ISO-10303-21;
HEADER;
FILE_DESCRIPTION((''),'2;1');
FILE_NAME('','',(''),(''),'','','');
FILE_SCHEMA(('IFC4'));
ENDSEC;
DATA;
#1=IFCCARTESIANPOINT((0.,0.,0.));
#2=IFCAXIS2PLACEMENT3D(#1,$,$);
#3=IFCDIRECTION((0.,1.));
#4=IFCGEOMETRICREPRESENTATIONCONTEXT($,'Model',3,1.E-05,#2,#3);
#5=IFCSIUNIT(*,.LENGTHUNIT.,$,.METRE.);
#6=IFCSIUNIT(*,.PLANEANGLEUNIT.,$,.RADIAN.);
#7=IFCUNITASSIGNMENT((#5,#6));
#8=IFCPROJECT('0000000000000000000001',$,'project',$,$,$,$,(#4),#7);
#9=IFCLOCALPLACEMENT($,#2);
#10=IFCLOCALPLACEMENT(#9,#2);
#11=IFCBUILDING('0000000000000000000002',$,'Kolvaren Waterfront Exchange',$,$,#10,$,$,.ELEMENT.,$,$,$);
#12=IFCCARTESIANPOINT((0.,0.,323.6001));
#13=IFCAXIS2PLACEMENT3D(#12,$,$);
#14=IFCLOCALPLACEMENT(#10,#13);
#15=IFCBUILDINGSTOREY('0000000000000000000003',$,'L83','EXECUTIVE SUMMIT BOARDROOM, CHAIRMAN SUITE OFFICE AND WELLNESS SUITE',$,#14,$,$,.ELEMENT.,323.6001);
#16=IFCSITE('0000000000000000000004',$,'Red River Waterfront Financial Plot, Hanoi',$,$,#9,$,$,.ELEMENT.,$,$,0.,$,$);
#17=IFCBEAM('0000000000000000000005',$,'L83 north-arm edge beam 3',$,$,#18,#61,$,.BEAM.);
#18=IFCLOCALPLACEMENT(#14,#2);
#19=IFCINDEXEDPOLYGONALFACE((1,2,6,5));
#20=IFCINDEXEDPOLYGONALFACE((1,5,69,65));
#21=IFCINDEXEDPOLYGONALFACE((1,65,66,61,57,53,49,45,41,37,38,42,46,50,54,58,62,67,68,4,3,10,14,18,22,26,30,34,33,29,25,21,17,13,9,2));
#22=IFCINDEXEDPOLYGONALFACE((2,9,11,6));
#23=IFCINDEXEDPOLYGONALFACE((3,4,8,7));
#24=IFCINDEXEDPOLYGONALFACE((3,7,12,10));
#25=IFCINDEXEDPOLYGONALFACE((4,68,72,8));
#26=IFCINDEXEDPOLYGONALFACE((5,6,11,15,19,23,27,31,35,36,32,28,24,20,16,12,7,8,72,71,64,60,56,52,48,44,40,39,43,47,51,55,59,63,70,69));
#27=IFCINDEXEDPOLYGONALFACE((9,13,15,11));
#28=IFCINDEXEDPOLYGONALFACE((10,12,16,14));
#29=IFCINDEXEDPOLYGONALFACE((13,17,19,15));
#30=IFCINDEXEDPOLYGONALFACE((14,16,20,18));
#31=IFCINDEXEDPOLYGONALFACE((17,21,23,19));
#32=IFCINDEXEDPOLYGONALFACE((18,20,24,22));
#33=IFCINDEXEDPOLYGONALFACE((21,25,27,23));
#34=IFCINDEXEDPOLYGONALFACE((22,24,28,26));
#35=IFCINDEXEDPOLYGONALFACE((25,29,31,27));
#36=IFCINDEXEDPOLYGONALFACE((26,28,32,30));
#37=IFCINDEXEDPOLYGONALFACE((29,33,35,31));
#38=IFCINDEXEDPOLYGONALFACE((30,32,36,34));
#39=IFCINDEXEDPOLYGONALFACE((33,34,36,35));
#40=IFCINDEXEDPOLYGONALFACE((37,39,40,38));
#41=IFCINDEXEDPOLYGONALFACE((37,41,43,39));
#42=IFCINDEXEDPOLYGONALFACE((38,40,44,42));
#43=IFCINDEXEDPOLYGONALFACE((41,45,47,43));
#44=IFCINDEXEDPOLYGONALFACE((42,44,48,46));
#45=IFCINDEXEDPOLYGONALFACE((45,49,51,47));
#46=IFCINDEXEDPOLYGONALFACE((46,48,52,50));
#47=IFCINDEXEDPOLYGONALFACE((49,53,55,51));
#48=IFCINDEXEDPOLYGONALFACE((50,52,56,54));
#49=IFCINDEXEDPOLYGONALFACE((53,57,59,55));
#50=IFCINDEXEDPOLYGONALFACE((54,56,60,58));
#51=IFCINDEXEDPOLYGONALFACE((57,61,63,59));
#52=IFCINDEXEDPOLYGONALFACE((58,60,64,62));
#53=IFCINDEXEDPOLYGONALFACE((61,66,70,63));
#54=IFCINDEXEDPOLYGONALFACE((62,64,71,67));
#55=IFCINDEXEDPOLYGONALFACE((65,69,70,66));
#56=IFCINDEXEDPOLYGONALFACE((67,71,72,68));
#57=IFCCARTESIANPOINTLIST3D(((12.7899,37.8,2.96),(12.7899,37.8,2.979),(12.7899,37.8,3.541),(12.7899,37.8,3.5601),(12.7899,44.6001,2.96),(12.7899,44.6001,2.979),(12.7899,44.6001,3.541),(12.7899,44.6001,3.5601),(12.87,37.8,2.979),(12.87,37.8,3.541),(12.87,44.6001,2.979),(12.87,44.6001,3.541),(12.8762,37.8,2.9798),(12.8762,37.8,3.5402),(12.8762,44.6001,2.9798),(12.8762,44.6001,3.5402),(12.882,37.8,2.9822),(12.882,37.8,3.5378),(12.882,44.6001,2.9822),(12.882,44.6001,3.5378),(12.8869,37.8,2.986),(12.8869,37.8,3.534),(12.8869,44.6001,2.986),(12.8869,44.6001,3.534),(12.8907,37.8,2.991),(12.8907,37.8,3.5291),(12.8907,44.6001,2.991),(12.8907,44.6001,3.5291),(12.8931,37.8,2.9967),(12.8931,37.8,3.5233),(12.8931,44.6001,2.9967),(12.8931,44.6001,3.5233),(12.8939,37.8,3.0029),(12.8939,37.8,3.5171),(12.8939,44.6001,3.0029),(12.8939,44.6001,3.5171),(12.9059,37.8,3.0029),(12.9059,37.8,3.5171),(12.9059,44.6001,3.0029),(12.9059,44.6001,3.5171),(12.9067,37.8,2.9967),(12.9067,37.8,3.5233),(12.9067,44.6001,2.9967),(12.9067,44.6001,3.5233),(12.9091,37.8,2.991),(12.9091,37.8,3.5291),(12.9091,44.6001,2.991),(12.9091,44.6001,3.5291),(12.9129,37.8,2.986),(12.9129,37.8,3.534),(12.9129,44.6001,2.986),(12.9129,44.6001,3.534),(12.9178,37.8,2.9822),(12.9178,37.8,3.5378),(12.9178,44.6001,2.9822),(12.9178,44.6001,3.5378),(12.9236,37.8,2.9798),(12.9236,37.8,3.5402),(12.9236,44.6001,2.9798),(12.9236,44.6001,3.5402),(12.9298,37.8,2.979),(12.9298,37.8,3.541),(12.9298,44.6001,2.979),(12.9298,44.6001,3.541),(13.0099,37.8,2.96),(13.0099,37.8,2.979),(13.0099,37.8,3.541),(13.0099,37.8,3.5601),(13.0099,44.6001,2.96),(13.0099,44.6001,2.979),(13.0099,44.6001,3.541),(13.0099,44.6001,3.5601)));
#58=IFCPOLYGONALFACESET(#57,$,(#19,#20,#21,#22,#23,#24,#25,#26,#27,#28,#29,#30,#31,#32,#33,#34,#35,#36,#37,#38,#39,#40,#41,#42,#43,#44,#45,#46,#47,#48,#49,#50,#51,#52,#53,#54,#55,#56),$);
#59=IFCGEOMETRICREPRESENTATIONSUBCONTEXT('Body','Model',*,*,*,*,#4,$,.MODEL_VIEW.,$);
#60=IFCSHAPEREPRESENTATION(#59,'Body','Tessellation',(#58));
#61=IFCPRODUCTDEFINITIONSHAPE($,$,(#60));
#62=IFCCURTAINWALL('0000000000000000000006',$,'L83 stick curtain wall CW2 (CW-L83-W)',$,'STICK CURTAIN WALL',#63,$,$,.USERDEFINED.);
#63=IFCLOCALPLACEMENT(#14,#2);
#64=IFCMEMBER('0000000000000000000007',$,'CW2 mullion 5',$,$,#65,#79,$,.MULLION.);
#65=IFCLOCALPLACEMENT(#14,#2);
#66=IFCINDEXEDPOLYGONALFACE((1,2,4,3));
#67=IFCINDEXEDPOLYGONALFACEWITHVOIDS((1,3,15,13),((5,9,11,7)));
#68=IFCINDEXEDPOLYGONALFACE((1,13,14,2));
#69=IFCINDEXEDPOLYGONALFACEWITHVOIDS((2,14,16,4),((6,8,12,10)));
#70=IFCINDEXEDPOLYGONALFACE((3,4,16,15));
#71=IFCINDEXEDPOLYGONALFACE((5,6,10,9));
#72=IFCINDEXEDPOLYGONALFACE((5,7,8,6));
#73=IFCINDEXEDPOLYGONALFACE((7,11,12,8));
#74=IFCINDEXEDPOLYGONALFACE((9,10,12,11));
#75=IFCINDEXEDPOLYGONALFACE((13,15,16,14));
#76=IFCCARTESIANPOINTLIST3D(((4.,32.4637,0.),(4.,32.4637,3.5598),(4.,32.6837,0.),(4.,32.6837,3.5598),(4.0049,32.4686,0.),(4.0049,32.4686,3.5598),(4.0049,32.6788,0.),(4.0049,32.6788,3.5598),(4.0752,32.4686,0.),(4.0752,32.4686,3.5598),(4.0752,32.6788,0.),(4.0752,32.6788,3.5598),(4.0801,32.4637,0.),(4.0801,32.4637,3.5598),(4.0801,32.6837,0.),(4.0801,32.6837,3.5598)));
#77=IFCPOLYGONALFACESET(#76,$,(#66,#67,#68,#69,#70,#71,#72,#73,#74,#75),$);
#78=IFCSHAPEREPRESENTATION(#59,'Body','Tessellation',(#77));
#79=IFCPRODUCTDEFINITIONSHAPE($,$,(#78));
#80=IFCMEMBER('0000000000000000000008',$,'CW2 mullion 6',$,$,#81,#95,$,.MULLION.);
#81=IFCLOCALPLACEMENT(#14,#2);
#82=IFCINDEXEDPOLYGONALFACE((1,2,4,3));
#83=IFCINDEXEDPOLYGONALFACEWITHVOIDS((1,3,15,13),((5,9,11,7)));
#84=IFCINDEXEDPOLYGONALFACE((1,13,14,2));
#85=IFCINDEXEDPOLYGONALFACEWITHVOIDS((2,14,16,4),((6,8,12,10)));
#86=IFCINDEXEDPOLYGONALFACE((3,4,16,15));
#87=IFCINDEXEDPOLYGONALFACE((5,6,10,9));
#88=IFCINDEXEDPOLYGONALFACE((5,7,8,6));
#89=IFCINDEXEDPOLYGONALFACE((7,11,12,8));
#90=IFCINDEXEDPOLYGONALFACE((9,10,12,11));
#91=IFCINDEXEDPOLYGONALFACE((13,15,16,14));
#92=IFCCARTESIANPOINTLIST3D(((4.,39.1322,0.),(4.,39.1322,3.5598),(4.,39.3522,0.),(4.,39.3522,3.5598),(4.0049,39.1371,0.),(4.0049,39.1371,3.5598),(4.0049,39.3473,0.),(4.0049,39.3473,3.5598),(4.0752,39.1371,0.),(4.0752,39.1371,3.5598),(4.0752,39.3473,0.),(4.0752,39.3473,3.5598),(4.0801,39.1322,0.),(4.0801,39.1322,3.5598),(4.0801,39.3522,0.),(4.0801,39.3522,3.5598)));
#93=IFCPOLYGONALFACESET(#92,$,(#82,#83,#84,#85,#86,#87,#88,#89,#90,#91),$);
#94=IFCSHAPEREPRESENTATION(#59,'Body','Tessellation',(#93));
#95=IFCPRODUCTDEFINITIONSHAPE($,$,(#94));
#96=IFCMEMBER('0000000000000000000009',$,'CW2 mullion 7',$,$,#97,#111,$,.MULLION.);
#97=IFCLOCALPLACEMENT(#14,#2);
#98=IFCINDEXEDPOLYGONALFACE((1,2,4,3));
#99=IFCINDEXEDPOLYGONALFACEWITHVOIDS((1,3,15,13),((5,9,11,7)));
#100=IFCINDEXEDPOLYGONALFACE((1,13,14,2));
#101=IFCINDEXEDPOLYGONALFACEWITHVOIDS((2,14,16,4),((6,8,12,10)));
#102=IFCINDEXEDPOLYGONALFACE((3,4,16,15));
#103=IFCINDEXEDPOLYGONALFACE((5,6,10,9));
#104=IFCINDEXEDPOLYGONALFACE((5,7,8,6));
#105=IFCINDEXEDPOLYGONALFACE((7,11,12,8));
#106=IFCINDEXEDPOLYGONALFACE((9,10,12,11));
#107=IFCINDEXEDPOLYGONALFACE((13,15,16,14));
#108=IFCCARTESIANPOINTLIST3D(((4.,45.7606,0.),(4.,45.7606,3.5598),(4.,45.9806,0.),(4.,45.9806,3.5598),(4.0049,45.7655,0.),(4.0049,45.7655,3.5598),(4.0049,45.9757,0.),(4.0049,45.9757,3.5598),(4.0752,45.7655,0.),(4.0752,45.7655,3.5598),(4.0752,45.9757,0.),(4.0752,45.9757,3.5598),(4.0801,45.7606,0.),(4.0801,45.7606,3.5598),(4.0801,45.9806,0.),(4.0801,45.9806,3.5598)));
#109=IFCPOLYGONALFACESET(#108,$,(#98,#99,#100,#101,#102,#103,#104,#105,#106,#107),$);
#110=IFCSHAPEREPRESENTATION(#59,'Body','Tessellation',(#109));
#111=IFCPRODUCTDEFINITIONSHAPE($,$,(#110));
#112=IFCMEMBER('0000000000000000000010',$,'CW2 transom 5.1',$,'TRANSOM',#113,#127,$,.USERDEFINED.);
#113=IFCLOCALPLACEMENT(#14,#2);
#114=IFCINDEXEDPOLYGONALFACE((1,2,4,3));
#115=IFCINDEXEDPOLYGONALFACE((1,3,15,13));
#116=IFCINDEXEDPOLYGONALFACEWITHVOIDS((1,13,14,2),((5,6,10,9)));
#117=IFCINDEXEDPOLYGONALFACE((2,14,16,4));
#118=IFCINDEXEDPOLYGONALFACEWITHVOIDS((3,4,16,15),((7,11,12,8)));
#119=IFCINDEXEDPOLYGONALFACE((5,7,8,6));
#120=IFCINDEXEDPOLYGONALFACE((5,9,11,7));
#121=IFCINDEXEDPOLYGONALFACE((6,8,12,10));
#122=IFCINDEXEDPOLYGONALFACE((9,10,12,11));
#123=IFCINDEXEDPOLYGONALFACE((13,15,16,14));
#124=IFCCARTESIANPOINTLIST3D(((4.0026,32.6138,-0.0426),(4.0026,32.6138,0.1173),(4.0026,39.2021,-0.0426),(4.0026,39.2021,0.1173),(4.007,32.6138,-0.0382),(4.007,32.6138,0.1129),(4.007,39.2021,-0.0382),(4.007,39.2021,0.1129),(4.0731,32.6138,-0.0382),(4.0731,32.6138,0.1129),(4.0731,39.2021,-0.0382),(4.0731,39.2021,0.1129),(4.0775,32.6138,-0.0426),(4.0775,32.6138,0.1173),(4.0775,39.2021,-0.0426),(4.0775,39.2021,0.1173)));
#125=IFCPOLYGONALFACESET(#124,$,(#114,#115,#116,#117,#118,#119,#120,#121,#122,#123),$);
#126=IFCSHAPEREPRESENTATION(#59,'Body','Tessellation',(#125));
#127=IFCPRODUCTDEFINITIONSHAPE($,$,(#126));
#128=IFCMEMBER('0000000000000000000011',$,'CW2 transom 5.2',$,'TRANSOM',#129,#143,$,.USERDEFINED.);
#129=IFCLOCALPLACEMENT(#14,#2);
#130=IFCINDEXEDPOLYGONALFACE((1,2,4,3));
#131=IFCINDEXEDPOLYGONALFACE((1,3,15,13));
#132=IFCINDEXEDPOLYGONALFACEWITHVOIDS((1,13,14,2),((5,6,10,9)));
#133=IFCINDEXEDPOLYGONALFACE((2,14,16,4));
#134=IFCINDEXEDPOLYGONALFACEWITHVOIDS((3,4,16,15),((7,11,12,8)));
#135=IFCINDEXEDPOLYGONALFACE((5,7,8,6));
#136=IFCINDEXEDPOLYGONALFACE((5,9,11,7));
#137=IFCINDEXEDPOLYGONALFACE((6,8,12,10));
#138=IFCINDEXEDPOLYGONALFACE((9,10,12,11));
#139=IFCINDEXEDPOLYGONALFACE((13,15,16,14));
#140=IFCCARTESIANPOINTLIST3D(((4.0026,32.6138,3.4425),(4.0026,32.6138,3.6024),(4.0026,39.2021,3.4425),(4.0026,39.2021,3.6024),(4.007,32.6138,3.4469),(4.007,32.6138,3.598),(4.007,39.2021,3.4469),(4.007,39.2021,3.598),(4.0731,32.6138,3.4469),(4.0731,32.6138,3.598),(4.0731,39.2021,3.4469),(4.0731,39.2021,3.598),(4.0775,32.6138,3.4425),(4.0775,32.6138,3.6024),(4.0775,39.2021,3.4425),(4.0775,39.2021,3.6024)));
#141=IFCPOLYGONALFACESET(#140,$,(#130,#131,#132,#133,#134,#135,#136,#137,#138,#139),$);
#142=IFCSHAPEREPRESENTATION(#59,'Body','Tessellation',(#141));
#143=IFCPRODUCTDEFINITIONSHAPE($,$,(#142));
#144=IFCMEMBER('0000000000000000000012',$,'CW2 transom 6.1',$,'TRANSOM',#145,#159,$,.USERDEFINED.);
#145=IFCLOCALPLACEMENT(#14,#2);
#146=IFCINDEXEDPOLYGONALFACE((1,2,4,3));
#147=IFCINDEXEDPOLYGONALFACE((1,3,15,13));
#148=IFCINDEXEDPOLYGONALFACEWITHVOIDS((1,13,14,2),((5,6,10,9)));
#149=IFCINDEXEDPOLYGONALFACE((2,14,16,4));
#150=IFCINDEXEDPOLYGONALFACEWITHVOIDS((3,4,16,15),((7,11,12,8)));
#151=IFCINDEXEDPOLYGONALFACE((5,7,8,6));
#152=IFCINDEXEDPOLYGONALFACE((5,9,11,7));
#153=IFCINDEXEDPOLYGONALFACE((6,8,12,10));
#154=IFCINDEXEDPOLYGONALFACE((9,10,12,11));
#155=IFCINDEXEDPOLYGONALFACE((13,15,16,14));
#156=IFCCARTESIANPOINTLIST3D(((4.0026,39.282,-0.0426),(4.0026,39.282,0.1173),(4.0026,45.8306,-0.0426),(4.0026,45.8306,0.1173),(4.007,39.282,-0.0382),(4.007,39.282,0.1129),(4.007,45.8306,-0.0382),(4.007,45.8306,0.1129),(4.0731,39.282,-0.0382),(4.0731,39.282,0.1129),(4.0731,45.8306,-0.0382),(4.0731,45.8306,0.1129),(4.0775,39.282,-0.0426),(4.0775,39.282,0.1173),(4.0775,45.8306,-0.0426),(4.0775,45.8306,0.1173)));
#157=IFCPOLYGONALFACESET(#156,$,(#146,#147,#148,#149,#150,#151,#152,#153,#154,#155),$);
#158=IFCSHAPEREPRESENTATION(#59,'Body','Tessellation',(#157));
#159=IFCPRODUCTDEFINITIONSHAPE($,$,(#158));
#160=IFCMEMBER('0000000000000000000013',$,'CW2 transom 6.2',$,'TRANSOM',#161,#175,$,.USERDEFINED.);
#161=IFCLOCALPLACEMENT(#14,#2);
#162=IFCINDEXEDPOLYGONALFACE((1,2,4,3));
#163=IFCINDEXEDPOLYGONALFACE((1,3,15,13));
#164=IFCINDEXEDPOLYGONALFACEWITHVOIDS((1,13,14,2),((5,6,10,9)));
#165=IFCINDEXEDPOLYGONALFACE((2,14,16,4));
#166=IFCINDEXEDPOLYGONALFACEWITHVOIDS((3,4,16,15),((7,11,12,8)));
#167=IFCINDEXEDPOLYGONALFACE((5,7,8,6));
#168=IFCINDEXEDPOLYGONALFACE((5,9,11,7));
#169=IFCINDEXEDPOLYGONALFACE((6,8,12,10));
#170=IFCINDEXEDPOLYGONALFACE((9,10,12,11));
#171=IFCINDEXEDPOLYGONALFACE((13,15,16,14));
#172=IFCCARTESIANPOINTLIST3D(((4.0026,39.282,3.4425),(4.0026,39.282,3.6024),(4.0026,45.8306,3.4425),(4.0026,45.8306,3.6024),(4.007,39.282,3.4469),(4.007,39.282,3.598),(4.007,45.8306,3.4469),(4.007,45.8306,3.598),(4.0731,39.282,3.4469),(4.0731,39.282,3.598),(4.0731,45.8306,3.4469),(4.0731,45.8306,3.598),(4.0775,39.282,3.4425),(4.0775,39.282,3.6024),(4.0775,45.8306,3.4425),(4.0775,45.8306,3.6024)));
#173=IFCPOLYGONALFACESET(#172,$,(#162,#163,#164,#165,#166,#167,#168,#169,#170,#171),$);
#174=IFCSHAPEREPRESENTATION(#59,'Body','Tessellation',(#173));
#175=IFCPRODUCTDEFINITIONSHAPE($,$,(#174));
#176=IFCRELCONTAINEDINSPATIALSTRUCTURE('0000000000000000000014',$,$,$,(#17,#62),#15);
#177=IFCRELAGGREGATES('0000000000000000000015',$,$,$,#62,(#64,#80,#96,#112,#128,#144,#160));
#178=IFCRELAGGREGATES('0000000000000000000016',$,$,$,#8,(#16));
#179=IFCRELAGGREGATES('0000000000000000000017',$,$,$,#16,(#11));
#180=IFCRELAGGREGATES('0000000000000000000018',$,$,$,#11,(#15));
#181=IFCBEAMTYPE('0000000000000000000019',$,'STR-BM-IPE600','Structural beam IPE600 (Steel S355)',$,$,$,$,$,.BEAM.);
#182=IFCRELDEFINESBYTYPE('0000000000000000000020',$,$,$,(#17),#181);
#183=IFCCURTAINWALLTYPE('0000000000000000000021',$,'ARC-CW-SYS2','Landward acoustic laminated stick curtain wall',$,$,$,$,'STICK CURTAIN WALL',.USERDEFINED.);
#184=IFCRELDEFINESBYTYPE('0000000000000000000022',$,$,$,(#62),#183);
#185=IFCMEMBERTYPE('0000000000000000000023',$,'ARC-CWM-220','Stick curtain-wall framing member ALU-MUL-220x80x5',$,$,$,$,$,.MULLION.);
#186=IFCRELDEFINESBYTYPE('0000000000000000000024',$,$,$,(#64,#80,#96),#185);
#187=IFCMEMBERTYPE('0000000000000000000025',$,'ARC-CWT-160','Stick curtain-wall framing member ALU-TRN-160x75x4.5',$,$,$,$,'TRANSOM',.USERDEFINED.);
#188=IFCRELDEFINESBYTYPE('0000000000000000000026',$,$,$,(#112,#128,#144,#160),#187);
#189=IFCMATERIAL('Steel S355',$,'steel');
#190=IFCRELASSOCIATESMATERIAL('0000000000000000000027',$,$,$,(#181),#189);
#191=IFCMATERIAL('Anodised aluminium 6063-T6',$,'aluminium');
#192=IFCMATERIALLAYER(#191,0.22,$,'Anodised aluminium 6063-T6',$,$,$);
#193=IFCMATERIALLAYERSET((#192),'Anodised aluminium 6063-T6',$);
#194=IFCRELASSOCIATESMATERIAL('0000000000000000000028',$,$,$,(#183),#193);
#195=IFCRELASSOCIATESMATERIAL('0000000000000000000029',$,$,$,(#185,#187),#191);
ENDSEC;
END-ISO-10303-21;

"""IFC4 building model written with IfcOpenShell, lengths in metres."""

from ifc_helpers import new_model, si_unit, direction, frame, origin, origin_with_axes, origin_2d, place, context, subcontext, project, spatial, hollow_rectangle, i_section, extrude, source, transform, mapped, material, layer, layer_set, material_profile, profile_set, type_object, element, aggregate, save


model = new_model("IFC4")

# Units and contexts
model_context = context("Model", 3, precision=1e-05, world=origin(), true_north=direction((0.0, 1.0)))
body_context = subcontext(model_context, "Body", "Model", "MODEL_VIEW")
ifc_project = project(units=[si_unit("LENGTHUNIT", "METRE"), si_unit("PLANEANGLEUNIT", "RADIAN")], contexts=[model_context])

# Site, building, storey
site_placement = place(None, origin())
site = spatial("IfcSite", under=ifc_project, at=site_placement, Name="Red River Waterfront Financial Plot, Hanoi", CompositionType="ELEMENT", RefElevation=0.0)
building_placement = place(site_placement, origin())
building = spatial("IfcBuilding", under=site, at=building_placement, Name="Kolvaren Waterfront Exchange", CompositionType="ELEMENT")
storey_placement = place(building_placement, frame((0.0, 0.0, 323.6001)))
storey = spatial("IfcBuildingStorey", under=building, at=storey_placement, Name="L83", Description="EXECUTIVE SUMMIT BOARDROOM, CHAIRMAN SUITE OFFICE AND WELLNESS SUITE", CompositionType="ELEMENT", Elevation=323.6001)

# Beam
ifc_material_1 = material(Name="Steel S355", Category="steel")
ifc_material_profile_1 = material_profile(ifc_material_1, i_section(OverallWidth=0.22, OverallDepth=0.6001, WebThickness=0.012, FlangeThickness=0.019, FilletRadius=0.0239, at=origin_2d()), Name="IPE600")
ifc_profile_set_1 = profile_set([ifc_material_profile_1], Name="Steel S355")
beam_type_1 = type_object("IfcBeamType", Name="STR-BM-IPE600", Description="Structural beam IPE600 (Steel S355)", PredefinedType="BEAM", material=ifc_profile_set_1)
beam_1_placement = place(storey_placement, frame((12.8999, 37.8, 3.26), z_axis=(0.0, 1.0, 0.0), x_axis=(-1.0, 0.0, 0.0)))
element("IfcBeam", 1, at=beam_1_placement, inside=storey, type_object=beam_type_1, Name="L83 north-arm edge beam 3", PredefinedType="BEAM", context=body_context, shape_type="SweptSolid", body=[
    extrude(i_section(OverallWidth=0.22, OverallDepth=0.6001, WebThickness=0.012, FlangeThickness=0.019, FilletRadius=0.0239, at=origin_2d()), origin(), (0.0, 0.0, 1.0), 6.8),
])

# Curtain wall, members
ifc_material_2 = material(Name="Anodised aluminium 6063-T6", Category="aluminium")
ifc_layer_1 = layer(ifc_material_2, 0.22, Name="Anodised aluminium 6063-T6")
ifc_layer_set_1 = layer_set([ifc_layer_1], Name="Anodised aluminium 6063-T6")
curtain_wall_type = type_object("IfcCurtainWallType", Name="ARC-CW-SYS2", Description="Landward acoustic laminated stick curtain wall", ElementType="STICK CURTAIN WALL", PredefinedType="USERDEFINED", material=ifc_layer_set_1)
curtain_wall_placement = place(storey_placement, origin())
curtain_wall = element("IfcCurtainWall", 2, at=curtain_wall_placement, inside=storey, type_object=curtain_wall_type, Name="L83 stick curtain wall CW2 (CW-L83-W)", ObjectType="STICK CURTAIN WALL", PredefinedType="USERDEFINED")
ifc_material_profile_2 = material_profile(ifc_material_2, hollow_rectangle(XDim=0.0801, YDim=0.22, WallThickness=0.0049, at=origin_2d()), Name="ALU-MUL-220x80x5")
ifc_profile_set_2 = profile_set([ifc_material_profile_2], Name="Anodised aluminium 6063-T6")
member_type_1 = type_object("IfcMemberType", Name="ARC-CWM-220", Description="Stick curtain-wall framing member ALU-MUL-220x80x5", PredefinedType="MULLION", material=ifc_profile_set_2)
shared_shape_1 = source(origin_with_axes(), body_context, "Body", "SweptSolid", [
    extrude(hollow_rectangle(XDim=0.0801, YDim=0.22, WallThickness=0.0049, at=origin_2d()), origin(), (0.0, 0.0, 1.0), 3.5598),
])
member_1_placement = place(storey_placement, frame((4.04, 32.5737, 0.0), z_axis=(0.0, 0.0, 1.0), x_axis=(-1.0, 0.0, 0.0)))
member_1 = element("IfcMember", 3, at=member_1_placement, type_object=member_type_1, Name="CW2 mullion 5", PredefinedType="MULLION", context=body_context, shape_type="MappedRepresentation", body=[
    mapped(shared_shape_1, transform((0.0, 0.0, 0.0), x_axis=(1.0, 0.0, 0.0), y_axis=(0.0, 1.0, 0.0), z_axis=(0.0, 0.0, 1.0), scale=1.0)),
])
member_2_placement = place(storey_placement, frame((4.04, 39.2422, 0.0), z_axis=(0.0, 0.0, 1.0), x_axis=(-1.0, 0.0, 0.0)))
member_2 = element("IfcMember", 4, at=member_2_placement, type_object=member_type_1, Name="CW2 mullion 6", PredefinedType="MULLION", context=body_context, shape_type="MappedRepresentation", body=[
    mapped(shared_shape_1, transform((0.0, 0.0, 0.0), x_axis=(1.0, 0.0, 0.0), y_axis=(0.0, 1.0, 0.0), z_axis=(0.0, 0.0, 1.0), scale=1.0)),
])
member_3_placement = place(storey_placement, frame((4.04, 45.8706, 0.0), z_axis=(0.0, 0.0, 1.0), x_axis=(-1.0, 0.0, 0.0)))
member_3 = element("IfcMember", 5, at=member_3_placement, type_object=member_type_1, Name="CW2 mullion 7", PredefinedType="MULLION", context=body_context, shape_type="MappedRepresentation", body=[
    mapped(shared_shape_1, transform((0.0, 0.0, 0.0), x_axis=(1.0, 0.0, 0.0), y_axis=(0.0, 1.0, 0.0), z_axis=(0.0, 0.0, 1.0), scale=1.0)),
])
ifc_material_profile_3 = material_profile(ifc_material_2, hollow_rectangle(XDim=0.075, YDim=0.1599, WallThickness=0.0044, at=origin_2d()), Name="ALU-TRN-160x75x4.5")
ifc_profile_set_3 = profile_set([ifc_material_profile_3], Name="Anodised aluminium 6063-T6")
member_type_2 = type_object("IfcMemberType", Name="ARC-CWT-160", Description="Stick curtain-wall framing member ALU-TRN-160x75x4.5", ElementType="TRANSOM", PredefinedType="USERDEFINED", material=ifc_profile_set_3)
shared_shape_2 = source(origin_with_axes(), body_context, "Body", "SweptSolid", [
    extrude(hollow_rectangle(XDim=0.075, YDim=0.1599, WallThickness=0.0044, at=origin_2d()), origin(), (0.0, 0.0, 1.0), 6.5884),
])
member_4_placement = place(storey_placement, frame((4.04, 32.6138, 0.0374), z_axis=(0.0, 1.0, 0.0), x_axis=(-1.0, 0.0, 0.0)))
member_4 = element("IfcMember", 6, at=member_4_placement, type_object=member_type_2, Name="CW2 transom 5.1", ObjectType="TRANSOM", PredefinedType="USERDEFINED", context=body_context, shape_type="MappedRepresentation", body=[
    mapped(shared_shape_2, transform((0.0, 0.0, 0.0), x_axis=(1.0, 0.0, 0.0), y_axis=(0.0, 1.0, 0.0), z_axis=(0.0, 0.0, 1.0), scale=1.0)),
])
member_5_placement = place(storey_placement, frame((4.04, 32.6138, 3.5225), z_axis=(0.0, 1.0, 0.0), x_axis=(-1.0, 0.0, 0.0)))
member_5 = element("IfcMember", 7, at=member_5_placement, type_object=member_type_2, Name="CW2 transom 5.2", ObjectType="TRANSOM", PredefinedType="USERDEFINED", context=body_context, shape_type="MappedRepresentation", body=[
    mapped(shared_shape_2, transform((0.0, 0.0, 0.0), x_axis=(1.0, 0.0, 0.0), y_axis=(0.0, 1.0, 0.0), z_axis=(0.0, 0.0, 1.0), scale=1.0)),
])
shared_shape_3 = source(origin_with_axes(), body_context, "Body", "SweptSolid", [
    extrude(hollow_rectangle(XDim=0.075, YDim=0.1599, WallThickness=0.0044, at=origin_2d()), origin(), (0.0, 0.0, 1.0), 6.5486),
])
member_6_placement = place(storey_placement, frame((4.04, 39.282, 0.0374), z_axis=(0.0, 1.0, 0.0), x_axis=(-1.0, 0.0, 0.0)))
member_6 = element("IfcMember", 8, at=member_6_placement, type_object=member_type_2, Name="CW2 transom 6.1", ObjectType="TRANSOM", PredefinedType="USERDEFINED", context=body_context, shape_type="MappedRepresentation", body=[
    mapped(shared_shape_3, transform((0.0, 0.0, 0.0), x_axis=(1.0, 0.0, 0.0), y_axis=(0.0, 1.0, 0.0), z_axis=(0.0, 0.0, 1.0), scale=1.0)),
])
member_7_placement = place(storey_placement, frame((4.04, 39.282, 3.5225), z_axis=(0.0, 1.0, 0.0), x_axis=(-1.0, 0.0, 0.0)))
member_7 = element("IfcMember", 9, at=member_7_placement, type_object=member_type_2, Name="CW2 transom 6.2", ObjectType="TRANSOM", PredefinedType="USERDEFINED", context=body_context, shape_type="MappedRepresentation", body=[
    mapped(shared_shape_3, transform((0.0, 0.0, 0.0), x_axis=(1.0, 0.0, 0.0), y_axis=(0.0, 1.0, 0.0), z_axis=(0.0, 0.0, 1.0), scale=1.0)),
])
aggregate(curtain_wall, [member_1, member_2, member_3, member_4, member_5, member_6, member_7])

save(model, "model.ifc")
